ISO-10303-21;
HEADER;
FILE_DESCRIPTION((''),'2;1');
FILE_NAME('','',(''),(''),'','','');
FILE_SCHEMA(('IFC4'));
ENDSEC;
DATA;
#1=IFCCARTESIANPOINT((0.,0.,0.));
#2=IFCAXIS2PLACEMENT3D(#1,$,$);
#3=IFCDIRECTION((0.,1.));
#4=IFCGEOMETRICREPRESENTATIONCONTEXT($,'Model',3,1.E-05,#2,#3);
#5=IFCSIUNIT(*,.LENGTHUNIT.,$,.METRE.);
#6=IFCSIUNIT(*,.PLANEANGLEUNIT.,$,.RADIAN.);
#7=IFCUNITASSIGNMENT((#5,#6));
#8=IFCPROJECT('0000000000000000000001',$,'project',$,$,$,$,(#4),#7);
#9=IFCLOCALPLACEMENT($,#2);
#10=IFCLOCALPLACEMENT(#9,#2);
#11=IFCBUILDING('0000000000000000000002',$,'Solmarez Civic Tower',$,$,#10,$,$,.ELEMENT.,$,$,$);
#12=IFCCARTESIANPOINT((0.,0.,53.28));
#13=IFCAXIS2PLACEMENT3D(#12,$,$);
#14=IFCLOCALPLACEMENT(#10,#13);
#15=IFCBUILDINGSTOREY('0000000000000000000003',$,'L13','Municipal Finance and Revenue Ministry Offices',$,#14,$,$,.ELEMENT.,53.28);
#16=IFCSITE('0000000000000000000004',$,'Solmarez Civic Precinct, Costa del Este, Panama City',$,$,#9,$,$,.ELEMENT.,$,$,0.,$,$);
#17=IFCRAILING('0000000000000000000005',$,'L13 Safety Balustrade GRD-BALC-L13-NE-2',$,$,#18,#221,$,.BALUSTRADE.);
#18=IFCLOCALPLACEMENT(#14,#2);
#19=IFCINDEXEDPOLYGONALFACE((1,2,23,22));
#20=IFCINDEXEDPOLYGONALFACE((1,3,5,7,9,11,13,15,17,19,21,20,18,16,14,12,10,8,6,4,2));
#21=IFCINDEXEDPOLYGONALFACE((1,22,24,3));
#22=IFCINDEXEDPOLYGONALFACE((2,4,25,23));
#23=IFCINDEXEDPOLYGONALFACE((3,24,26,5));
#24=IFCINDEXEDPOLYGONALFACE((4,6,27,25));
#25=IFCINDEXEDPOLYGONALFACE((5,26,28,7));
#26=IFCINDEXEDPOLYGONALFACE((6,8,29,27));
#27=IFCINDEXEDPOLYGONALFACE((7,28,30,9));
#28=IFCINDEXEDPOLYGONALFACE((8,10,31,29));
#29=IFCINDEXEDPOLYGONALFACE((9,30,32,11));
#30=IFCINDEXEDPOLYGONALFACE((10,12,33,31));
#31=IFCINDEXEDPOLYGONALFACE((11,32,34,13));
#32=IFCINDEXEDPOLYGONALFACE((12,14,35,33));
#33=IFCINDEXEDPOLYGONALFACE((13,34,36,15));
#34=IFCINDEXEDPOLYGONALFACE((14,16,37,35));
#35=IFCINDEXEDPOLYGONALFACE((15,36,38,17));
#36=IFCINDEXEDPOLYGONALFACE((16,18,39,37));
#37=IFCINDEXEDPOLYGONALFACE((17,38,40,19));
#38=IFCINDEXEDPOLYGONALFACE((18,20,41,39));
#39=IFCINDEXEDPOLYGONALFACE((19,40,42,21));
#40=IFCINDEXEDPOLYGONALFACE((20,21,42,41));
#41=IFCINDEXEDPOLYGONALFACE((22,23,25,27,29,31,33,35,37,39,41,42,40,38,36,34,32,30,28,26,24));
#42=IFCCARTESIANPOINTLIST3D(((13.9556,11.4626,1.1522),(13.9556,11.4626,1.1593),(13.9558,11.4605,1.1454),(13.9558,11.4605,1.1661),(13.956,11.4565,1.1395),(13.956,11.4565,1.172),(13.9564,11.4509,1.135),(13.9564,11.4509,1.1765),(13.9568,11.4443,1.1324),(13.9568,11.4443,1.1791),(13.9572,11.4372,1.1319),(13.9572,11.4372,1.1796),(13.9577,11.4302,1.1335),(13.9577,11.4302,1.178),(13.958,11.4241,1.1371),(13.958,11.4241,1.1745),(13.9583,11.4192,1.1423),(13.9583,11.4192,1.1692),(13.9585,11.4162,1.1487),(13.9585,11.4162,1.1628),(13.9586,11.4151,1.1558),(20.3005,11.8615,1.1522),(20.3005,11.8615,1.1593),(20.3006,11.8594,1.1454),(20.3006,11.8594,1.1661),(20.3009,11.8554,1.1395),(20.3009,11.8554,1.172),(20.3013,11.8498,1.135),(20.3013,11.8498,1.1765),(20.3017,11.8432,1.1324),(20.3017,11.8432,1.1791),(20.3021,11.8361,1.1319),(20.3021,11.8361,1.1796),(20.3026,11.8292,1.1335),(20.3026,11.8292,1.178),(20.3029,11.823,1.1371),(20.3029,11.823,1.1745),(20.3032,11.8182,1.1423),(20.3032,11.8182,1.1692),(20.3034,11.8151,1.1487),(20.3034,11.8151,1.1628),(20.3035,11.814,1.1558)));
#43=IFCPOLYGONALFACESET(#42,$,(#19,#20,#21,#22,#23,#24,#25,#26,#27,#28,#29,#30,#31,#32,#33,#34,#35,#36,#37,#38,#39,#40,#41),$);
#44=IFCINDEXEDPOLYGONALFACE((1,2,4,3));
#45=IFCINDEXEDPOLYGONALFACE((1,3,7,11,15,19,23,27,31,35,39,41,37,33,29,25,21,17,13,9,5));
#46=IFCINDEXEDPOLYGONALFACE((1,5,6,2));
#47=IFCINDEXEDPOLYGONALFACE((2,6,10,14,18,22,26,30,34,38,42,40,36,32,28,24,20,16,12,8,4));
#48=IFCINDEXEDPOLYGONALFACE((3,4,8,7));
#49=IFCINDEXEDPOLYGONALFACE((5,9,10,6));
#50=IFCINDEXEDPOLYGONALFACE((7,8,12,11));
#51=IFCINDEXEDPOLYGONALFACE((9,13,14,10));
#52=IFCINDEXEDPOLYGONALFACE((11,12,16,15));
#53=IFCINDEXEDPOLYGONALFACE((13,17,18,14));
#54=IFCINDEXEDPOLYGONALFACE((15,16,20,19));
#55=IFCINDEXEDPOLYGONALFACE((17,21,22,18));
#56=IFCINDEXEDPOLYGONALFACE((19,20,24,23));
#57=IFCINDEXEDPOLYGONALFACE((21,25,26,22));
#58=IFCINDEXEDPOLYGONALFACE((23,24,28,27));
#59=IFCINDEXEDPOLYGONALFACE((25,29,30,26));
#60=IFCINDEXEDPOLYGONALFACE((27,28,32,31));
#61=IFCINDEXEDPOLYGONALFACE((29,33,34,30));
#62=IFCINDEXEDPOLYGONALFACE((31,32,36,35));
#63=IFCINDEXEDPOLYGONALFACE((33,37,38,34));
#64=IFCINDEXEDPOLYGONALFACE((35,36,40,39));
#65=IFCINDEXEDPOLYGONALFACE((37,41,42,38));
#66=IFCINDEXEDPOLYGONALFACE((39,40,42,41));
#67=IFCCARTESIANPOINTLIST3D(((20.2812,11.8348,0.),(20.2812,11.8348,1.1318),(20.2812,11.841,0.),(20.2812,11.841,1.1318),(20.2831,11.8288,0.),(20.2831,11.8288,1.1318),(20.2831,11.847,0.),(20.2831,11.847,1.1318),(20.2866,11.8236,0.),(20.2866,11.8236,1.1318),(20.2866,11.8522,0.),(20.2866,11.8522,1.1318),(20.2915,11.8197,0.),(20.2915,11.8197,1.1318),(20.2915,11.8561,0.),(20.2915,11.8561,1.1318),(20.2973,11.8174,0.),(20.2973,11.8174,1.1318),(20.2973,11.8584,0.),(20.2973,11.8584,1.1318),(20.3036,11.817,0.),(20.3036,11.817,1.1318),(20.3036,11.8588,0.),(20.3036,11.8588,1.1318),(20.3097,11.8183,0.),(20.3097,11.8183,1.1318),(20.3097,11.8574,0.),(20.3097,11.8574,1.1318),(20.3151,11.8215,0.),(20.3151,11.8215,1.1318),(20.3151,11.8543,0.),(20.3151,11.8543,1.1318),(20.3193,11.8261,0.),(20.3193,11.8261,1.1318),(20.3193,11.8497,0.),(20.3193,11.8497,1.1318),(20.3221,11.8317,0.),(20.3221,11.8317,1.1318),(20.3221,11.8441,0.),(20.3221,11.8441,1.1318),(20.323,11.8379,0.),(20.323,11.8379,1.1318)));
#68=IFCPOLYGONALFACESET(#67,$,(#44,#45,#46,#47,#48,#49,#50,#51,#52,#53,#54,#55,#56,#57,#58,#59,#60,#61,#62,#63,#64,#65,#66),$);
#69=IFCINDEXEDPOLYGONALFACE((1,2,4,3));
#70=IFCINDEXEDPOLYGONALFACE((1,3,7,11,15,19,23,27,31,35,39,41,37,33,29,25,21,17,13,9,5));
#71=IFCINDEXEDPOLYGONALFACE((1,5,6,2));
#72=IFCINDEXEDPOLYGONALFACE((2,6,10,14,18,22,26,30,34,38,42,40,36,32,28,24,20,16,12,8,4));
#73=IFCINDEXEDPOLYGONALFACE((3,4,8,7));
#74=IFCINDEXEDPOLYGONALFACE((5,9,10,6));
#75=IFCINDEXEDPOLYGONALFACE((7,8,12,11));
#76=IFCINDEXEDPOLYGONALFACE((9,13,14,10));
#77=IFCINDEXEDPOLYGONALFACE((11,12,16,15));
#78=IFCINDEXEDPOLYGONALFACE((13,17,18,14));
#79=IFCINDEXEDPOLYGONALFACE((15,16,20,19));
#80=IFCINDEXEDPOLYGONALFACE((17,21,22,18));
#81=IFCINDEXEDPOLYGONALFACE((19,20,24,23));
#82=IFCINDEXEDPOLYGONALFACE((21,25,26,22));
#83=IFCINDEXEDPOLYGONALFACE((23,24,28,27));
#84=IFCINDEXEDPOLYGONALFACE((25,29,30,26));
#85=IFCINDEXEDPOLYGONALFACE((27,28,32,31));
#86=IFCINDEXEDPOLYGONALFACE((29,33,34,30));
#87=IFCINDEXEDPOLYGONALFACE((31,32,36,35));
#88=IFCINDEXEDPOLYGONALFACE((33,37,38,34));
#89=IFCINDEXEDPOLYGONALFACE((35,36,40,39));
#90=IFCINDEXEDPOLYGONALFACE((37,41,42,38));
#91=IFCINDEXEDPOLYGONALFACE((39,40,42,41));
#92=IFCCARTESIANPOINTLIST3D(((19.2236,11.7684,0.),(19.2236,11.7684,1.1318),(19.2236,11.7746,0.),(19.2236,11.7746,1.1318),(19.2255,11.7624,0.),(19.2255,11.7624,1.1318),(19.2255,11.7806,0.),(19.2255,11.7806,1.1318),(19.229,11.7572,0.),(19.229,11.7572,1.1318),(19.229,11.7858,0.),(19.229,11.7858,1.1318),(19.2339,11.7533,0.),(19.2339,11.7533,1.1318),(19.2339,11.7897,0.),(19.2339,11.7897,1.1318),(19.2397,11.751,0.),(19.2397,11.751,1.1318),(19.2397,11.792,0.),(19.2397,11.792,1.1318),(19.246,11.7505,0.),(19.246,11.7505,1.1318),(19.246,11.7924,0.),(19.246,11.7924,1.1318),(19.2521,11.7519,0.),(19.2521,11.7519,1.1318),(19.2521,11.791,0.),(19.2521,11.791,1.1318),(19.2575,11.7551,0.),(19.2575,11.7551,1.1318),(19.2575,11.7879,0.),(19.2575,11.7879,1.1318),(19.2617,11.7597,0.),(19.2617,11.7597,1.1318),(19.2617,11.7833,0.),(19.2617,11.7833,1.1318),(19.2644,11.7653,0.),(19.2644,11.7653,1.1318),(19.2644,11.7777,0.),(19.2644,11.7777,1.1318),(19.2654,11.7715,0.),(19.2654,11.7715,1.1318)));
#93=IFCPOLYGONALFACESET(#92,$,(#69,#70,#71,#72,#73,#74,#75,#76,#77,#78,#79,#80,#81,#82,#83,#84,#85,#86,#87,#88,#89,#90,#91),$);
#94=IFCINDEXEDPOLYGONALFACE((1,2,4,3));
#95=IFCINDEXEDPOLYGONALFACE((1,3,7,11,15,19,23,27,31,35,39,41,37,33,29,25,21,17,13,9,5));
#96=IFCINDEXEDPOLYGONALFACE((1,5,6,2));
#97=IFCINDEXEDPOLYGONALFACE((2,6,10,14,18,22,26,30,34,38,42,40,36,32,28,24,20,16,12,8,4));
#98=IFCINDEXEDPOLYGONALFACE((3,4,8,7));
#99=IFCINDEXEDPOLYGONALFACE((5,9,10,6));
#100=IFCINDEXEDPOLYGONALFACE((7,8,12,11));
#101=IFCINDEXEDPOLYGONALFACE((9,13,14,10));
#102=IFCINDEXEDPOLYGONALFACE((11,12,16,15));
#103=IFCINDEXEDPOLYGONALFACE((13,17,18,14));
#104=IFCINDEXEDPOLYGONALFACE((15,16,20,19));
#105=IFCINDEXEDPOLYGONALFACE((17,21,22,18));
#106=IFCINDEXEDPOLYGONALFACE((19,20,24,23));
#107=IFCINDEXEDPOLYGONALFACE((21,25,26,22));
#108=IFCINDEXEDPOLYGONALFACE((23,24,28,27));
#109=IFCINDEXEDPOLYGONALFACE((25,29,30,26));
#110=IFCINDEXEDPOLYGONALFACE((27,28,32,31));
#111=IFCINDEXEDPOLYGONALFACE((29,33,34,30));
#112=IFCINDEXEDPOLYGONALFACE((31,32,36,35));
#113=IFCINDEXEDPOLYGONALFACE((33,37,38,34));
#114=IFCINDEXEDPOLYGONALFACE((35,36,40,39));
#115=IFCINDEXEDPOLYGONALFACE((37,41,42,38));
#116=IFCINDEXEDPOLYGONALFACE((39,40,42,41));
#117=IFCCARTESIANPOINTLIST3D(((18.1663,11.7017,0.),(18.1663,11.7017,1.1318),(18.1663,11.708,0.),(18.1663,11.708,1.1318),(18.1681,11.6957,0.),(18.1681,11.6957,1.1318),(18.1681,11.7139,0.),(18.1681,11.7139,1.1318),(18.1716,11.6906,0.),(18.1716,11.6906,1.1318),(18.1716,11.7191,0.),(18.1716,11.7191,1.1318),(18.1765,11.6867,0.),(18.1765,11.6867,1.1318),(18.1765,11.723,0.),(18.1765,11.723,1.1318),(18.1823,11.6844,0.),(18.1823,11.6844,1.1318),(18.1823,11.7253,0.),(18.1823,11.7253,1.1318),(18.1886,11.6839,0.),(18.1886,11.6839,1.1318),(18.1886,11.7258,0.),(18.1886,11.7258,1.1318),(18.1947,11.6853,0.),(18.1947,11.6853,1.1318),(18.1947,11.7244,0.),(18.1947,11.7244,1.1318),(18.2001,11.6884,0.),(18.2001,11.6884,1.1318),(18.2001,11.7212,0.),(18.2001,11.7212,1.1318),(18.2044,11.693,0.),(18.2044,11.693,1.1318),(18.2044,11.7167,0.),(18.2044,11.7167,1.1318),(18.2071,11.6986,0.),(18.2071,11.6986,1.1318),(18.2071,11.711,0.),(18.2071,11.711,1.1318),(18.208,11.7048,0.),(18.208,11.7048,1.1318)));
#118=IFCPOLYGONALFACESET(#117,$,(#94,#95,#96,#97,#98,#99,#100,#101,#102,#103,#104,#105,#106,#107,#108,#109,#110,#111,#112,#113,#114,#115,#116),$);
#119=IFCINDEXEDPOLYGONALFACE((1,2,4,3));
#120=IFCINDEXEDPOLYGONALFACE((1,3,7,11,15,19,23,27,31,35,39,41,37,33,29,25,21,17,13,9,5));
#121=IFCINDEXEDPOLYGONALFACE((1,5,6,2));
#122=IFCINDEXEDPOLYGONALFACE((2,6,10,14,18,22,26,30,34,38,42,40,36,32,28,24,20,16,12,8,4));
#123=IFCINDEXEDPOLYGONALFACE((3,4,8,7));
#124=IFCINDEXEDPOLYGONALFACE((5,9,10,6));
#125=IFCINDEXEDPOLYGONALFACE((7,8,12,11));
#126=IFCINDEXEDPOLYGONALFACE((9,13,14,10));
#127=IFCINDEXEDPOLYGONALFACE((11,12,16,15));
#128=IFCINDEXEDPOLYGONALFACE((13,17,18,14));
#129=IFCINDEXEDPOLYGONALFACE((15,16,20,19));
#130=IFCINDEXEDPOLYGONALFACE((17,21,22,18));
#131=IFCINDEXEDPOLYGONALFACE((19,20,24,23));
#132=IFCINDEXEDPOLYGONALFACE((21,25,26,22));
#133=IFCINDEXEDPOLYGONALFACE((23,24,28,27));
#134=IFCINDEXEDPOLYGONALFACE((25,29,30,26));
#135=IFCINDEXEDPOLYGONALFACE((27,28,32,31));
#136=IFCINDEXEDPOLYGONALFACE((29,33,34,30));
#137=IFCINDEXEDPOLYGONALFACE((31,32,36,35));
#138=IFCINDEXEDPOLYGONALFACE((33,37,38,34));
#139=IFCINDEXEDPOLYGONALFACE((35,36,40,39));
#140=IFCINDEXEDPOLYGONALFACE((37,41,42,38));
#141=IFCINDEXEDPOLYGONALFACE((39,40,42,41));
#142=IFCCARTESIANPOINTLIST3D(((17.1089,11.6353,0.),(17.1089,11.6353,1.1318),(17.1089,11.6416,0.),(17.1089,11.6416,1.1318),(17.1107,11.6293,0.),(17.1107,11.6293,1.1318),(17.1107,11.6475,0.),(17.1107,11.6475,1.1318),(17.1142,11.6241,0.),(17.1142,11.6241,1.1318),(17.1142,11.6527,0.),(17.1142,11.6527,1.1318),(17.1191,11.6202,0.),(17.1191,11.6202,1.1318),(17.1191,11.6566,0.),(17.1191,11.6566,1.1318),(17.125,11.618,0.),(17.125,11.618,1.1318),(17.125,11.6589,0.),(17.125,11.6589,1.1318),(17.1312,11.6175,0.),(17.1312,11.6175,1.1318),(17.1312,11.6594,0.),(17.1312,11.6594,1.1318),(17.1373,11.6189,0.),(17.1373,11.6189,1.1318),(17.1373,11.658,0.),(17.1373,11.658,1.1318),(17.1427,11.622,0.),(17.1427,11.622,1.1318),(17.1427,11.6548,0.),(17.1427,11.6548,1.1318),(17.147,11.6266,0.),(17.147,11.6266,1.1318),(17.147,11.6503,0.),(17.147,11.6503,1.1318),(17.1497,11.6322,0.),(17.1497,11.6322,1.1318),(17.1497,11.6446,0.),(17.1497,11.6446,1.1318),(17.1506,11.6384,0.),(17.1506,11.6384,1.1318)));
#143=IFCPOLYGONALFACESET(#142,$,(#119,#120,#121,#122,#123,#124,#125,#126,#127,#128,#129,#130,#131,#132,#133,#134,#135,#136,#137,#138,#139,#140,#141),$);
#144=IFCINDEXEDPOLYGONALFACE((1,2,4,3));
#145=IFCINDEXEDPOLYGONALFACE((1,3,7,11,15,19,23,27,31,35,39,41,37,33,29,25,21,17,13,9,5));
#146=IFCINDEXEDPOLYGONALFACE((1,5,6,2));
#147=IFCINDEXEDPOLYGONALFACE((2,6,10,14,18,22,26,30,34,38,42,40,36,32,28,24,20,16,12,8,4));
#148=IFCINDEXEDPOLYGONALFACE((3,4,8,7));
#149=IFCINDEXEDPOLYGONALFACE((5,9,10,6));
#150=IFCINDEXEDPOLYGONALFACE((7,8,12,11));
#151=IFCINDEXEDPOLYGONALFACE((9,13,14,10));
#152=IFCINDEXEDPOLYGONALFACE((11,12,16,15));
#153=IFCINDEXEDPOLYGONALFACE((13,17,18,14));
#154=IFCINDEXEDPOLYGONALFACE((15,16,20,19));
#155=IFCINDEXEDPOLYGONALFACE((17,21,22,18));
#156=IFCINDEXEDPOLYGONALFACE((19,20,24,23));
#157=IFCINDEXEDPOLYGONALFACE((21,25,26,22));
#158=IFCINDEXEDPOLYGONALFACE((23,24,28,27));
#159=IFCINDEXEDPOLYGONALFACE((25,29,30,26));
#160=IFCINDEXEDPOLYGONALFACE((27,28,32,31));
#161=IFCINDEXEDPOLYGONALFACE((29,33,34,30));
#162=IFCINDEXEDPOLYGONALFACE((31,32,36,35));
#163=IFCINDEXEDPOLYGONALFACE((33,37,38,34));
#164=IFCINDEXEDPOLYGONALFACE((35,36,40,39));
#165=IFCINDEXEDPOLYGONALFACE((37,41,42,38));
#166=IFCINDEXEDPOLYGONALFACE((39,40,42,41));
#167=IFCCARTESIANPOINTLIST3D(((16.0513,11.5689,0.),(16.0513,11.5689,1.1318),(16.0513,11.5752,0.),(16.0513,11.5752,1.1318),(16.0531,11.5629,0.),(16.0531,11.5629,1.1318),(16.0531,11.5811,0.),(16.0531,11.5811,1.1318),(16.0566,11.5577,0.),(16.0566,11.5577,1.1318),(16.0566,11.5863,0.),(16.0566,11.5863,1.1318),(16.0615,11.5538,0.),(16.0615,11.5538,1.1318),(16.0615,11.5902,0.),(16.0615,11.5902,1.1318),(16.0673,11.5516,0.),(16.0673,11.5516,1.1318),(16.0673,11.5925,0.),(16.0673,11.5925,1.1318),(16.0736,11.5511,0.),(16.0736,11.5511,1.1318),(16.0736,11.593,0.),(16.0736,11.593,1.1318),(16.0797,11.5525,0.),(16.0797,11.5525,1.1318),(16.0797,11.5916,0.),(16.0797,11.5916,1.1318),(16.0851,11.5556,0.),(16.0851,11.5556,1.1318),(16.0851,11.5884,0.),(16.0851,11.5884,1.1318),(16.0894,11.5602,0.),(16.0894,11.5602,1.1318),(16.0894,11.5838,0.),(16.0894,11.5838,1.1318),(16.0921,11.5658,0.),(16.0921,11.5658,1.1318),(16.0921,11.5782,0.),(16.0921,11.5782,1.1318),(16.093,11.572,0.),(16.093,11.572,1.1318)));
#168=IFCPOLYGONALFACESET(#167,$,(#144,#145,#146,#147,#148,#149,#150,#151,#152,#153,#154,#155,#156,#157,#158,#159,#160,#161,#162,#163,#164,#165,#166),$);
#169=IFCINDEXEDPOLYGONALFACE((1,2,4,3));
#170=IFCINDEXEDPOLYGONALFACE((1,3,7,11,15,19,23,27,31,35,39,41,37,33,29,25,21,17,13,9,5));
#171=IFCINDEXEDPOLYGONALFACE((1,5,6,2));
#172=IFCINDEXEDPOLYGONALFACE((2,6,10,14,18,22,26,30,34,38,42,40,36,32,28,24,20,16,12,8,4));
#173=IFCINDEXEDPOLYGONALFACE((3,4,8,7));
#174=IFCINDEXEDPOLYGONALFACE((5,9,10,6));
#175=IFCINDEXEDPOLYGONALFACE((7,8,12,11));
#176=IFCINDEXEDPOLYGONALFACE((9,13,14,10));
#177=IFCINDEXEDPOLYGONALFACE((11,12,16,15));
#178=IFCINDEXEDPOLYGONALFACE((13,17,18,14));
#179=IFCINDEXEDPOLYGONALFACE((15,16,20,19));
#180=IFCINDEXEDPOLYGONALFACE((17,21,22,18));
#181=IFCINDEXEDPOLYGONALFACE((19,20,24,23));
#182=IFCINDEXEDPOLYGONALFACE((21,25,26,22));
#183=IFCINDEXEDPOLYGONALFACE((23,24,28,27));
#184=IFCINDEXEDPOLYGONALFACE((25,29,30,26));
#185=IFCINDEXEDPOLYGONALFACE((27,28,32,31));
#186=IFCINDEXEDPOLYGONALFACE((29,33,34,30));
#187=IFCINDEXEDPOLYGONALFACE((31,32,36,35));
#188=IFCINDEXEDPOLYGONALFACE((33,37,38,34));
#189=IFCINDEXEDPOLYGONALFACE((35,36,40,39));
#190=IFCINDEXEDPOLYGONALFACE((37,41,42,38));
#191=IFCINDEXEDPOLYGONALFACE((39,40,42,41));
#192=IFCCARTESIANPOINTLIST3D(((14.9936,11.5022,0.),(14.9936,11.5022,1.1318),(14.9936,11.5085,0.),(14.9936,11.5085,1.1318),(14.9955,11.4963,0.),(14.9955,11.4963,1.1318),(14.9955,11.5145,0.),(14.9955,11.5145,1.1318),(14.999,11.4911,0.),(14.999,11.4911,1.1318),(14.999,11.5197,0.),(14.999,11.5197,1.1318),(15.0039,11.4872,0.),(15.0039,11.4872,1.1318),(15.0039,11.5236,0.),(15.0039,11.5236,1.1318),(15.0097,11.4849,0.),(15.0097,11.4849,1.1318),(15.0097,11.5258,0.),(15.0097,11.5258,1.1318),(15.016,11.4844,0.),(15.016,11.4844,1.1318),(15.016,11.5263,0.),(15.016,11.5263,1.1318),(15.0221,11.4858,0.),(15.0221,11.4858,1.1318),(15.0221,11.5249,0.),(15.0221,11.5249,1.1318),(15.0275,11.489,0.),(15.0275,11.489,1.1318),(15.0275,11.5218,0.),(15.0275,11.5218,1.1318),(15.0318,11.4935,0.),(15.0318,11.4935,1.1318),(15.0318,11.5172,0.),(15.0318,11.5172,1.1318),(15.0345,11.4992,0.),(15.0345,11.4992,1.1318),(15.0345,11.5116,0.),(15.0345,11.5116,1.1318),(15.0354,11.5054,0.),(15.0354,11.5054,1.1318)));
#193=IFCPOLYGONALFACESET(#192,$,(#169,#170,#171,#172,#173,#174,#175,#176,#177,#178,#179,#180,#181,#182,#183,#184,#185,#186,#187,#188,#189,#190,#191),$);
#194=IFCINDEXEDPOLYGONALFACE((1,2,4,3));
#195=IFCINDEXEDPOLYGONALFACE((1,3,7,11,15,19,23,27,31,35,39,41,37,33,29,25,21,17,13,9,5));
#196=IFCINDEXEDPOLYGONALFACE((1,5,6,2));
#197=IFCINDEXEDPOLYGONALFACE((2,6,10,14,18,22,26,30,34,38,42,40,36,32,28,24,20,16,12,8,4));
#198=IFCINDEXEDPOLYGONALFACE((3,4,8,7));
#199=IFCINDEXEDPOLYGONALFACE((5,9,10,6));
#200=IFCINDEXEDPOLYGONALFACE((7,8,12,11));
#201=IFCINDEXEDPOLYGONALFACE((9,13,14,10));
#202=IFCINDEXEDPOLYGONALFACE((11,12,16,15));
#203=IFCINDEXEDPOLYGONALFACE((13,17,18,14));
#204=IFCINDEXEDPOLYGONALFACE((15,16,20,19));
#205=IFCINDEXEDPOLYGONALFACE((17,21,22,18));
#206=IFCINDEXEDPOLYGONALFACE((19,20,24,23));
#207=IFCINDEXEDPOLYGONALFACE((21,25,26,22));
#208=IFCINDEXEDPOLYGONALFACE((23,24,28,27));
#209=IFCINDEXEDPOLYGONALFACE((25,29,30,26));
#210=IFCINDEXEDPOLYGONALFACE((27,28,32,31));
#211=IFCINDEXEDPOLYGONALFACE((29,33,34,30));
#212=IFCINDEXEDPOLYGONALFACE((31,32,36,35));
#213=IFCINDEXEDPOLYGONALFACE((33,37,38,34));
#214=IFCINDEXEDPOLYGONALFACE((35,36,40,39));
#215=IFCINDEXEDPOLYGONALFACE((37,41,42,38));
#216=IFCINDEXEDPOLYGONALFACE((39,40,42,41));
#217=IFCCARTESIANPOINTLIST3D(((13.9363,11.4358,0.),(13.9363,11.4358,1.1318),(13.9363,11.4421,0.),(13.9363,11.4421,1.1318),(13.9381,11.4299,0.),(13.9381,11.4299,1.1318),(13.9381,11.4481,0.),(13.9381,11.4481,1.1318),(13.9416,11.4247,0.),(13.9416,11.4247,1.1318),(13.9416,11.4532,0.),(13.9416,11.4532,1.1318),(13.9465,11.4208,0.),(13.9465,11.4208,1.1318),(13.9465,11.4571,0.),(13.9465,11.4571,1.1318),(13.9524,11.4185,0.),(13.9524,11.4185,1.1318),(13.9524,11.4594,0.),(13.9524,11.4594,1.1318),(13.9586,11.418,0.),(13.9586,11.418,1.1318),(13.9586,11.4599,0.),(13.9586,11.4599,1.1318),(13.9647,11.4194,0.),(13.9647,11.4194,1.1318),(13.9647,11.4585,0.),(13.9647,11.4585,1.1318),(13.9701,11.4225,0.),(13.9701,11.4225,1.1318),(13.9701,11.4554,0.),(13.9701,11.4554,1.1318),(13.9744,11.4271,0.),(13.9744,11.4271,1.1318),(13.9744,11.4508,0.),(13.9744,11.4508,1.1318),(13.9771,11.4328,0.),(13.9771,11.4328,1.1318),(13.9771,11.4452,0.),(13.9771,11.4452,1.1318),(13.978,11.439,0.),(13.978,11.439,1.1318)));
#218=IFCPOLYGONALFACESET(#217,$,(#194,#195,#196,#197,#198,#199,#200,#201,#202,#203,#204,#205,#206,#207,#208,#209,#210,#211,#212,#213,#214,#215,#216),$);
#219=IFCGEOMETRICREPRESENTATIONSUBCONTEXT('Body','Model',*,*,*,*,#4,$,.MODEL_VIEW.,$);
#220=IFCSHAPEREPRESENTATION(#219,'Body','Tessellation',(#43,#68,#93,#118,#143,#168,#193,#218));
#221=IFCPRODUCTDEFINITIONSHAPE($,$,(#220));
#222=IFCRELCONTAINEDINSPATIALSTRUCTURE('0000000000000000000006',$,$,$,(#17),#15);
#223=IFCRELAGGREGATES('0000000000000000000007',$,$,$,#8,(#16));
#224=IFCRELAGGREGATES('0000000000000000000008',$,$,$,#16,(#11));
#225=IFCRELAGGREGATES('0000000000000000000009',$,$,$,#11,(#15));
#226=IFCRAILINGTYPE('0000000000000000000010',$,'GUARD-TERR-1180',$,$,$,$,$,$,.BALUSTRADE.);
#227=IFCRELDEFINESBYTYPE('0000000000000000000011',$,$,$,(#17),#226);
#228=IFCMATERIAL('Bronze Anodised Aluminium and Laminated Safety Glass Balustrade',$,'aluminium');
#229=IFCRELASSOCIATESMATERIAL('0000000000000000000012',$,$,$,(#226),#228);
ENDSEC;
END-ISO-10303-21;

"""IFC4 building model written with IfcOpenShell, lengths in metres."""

from ifc_helpers import new_model, si_unit, direction, frame, origin, origin_2d, place, context, subcontext, project, spatial, circle, extrude, material, type_object, element, save


model = new_model("IFC4")

# Units and contexts
model_context = context("Model", 3, precision=1e-05, world=origin(), true_north=direction((0.0, 1.0)))
body_context = subcontext(model_context, "Body", "Model", "MODEL_VIEW")
ifc_project = project(units=[si_unit("LENGTHUNIT", "METRE"), si_unit("PLANEANGLEUNIT", "RADIAN")], contexts=[model_context])

# Site, building, storey
site_placement = place(None, origin())
site = spatial("IfcSite", under=ifc_project, at=site_placement, Name="Solmarez Civic Precinct, Costa del Este, Panama City", CompositionType="ELEMENT", RefElevation=0.0)
building_placement = place(site_placement, origin())
building = spatial("IfcBuilding", under=site, at=building_placement, Name="Solmarez Civic Tower", CompositionType="ELEMENT")
storey_placement = place(building_placement, frame((0.0, 0.0, 53.28)))
storey = spatial("IfcBuildingStorey", under=building, at=storey_placement, Name="L13", Description="Municipal Finance and Revenue Ministry Offices", CompositionType="ELEMENT", Elevation=53.28)

# Railing
ifc_material_1 = material(Name="Bronze Anodised Aluminium and Laminated Safety Glass Balustrade", Category="aluminium")
railing_type = type_object("IfcRailingType", Name="GUARD-TERR-1180", PredefinedType="BALUSTRADE", material=ifc_material_1)
railing_1_placement = place(storey_placement, frame((20.302, 11.8379, 0.0)))
element("IfcRailing", 1, at=railing_1_placement, inside=storey, type_object=railing_type, Name="L13 Safety Balustrade GRD-BALC-L13-NE-2", PredefinedType="BALUSTRADE", context=body_context, shape_type="SweptSolid", body=[
    extrude(circle(Radius=0.0239, at=origin_2d()), frame((0.0, 0.0, 1.1558), z_axis=(-0.998029, -0.062749, 0.0), x_axis=(0.062749, -0.998029, 0.0)), (0.0, 0.0, 1.0), 6.3574),
    extrude(circle(Radius=0.021, at=origin_2d()), origin(), (0.0, 0.0, 1.0), 1.1318),
    extrude(circle(Radius=0.021, at=origin_2d()), frame((-1.0576, -0.0664, 0.0)), (0.0, 0.0, 1.0), 1.1318),
    extrude(circle(Radius=0.021, at=origin_2d()), frame((-2.115, -0.1331, 0.0)), (0.0, 0.0, 1.0), 1.1318),
    extrude(circle(Radius=0.021, at=origin_2d()), frame((-3.1724, -0.1995, 0.0)), (0.0, 0.0, 1.0), 1.1318),
    extrude(circle(Radius=0.021, at=origin_2d()), frame((-4.23, -0.2659, 0.0)), (0.0, 0.0, 1.0), 1.1318),
    extrude(circle(Radius=0.021, at=origin_2d()), frame((-5.2876, -0.3325, 0.0)), (0.0, 0.0, 1.0), 1.1318),
    extrude(circle(Radius=0.021, at=origin_2d()), frame((-6.345, -0.3989, 0.0)), (0.0, 0.0, 1.0), 1.1318),
])

save(model, "model.ifc")
